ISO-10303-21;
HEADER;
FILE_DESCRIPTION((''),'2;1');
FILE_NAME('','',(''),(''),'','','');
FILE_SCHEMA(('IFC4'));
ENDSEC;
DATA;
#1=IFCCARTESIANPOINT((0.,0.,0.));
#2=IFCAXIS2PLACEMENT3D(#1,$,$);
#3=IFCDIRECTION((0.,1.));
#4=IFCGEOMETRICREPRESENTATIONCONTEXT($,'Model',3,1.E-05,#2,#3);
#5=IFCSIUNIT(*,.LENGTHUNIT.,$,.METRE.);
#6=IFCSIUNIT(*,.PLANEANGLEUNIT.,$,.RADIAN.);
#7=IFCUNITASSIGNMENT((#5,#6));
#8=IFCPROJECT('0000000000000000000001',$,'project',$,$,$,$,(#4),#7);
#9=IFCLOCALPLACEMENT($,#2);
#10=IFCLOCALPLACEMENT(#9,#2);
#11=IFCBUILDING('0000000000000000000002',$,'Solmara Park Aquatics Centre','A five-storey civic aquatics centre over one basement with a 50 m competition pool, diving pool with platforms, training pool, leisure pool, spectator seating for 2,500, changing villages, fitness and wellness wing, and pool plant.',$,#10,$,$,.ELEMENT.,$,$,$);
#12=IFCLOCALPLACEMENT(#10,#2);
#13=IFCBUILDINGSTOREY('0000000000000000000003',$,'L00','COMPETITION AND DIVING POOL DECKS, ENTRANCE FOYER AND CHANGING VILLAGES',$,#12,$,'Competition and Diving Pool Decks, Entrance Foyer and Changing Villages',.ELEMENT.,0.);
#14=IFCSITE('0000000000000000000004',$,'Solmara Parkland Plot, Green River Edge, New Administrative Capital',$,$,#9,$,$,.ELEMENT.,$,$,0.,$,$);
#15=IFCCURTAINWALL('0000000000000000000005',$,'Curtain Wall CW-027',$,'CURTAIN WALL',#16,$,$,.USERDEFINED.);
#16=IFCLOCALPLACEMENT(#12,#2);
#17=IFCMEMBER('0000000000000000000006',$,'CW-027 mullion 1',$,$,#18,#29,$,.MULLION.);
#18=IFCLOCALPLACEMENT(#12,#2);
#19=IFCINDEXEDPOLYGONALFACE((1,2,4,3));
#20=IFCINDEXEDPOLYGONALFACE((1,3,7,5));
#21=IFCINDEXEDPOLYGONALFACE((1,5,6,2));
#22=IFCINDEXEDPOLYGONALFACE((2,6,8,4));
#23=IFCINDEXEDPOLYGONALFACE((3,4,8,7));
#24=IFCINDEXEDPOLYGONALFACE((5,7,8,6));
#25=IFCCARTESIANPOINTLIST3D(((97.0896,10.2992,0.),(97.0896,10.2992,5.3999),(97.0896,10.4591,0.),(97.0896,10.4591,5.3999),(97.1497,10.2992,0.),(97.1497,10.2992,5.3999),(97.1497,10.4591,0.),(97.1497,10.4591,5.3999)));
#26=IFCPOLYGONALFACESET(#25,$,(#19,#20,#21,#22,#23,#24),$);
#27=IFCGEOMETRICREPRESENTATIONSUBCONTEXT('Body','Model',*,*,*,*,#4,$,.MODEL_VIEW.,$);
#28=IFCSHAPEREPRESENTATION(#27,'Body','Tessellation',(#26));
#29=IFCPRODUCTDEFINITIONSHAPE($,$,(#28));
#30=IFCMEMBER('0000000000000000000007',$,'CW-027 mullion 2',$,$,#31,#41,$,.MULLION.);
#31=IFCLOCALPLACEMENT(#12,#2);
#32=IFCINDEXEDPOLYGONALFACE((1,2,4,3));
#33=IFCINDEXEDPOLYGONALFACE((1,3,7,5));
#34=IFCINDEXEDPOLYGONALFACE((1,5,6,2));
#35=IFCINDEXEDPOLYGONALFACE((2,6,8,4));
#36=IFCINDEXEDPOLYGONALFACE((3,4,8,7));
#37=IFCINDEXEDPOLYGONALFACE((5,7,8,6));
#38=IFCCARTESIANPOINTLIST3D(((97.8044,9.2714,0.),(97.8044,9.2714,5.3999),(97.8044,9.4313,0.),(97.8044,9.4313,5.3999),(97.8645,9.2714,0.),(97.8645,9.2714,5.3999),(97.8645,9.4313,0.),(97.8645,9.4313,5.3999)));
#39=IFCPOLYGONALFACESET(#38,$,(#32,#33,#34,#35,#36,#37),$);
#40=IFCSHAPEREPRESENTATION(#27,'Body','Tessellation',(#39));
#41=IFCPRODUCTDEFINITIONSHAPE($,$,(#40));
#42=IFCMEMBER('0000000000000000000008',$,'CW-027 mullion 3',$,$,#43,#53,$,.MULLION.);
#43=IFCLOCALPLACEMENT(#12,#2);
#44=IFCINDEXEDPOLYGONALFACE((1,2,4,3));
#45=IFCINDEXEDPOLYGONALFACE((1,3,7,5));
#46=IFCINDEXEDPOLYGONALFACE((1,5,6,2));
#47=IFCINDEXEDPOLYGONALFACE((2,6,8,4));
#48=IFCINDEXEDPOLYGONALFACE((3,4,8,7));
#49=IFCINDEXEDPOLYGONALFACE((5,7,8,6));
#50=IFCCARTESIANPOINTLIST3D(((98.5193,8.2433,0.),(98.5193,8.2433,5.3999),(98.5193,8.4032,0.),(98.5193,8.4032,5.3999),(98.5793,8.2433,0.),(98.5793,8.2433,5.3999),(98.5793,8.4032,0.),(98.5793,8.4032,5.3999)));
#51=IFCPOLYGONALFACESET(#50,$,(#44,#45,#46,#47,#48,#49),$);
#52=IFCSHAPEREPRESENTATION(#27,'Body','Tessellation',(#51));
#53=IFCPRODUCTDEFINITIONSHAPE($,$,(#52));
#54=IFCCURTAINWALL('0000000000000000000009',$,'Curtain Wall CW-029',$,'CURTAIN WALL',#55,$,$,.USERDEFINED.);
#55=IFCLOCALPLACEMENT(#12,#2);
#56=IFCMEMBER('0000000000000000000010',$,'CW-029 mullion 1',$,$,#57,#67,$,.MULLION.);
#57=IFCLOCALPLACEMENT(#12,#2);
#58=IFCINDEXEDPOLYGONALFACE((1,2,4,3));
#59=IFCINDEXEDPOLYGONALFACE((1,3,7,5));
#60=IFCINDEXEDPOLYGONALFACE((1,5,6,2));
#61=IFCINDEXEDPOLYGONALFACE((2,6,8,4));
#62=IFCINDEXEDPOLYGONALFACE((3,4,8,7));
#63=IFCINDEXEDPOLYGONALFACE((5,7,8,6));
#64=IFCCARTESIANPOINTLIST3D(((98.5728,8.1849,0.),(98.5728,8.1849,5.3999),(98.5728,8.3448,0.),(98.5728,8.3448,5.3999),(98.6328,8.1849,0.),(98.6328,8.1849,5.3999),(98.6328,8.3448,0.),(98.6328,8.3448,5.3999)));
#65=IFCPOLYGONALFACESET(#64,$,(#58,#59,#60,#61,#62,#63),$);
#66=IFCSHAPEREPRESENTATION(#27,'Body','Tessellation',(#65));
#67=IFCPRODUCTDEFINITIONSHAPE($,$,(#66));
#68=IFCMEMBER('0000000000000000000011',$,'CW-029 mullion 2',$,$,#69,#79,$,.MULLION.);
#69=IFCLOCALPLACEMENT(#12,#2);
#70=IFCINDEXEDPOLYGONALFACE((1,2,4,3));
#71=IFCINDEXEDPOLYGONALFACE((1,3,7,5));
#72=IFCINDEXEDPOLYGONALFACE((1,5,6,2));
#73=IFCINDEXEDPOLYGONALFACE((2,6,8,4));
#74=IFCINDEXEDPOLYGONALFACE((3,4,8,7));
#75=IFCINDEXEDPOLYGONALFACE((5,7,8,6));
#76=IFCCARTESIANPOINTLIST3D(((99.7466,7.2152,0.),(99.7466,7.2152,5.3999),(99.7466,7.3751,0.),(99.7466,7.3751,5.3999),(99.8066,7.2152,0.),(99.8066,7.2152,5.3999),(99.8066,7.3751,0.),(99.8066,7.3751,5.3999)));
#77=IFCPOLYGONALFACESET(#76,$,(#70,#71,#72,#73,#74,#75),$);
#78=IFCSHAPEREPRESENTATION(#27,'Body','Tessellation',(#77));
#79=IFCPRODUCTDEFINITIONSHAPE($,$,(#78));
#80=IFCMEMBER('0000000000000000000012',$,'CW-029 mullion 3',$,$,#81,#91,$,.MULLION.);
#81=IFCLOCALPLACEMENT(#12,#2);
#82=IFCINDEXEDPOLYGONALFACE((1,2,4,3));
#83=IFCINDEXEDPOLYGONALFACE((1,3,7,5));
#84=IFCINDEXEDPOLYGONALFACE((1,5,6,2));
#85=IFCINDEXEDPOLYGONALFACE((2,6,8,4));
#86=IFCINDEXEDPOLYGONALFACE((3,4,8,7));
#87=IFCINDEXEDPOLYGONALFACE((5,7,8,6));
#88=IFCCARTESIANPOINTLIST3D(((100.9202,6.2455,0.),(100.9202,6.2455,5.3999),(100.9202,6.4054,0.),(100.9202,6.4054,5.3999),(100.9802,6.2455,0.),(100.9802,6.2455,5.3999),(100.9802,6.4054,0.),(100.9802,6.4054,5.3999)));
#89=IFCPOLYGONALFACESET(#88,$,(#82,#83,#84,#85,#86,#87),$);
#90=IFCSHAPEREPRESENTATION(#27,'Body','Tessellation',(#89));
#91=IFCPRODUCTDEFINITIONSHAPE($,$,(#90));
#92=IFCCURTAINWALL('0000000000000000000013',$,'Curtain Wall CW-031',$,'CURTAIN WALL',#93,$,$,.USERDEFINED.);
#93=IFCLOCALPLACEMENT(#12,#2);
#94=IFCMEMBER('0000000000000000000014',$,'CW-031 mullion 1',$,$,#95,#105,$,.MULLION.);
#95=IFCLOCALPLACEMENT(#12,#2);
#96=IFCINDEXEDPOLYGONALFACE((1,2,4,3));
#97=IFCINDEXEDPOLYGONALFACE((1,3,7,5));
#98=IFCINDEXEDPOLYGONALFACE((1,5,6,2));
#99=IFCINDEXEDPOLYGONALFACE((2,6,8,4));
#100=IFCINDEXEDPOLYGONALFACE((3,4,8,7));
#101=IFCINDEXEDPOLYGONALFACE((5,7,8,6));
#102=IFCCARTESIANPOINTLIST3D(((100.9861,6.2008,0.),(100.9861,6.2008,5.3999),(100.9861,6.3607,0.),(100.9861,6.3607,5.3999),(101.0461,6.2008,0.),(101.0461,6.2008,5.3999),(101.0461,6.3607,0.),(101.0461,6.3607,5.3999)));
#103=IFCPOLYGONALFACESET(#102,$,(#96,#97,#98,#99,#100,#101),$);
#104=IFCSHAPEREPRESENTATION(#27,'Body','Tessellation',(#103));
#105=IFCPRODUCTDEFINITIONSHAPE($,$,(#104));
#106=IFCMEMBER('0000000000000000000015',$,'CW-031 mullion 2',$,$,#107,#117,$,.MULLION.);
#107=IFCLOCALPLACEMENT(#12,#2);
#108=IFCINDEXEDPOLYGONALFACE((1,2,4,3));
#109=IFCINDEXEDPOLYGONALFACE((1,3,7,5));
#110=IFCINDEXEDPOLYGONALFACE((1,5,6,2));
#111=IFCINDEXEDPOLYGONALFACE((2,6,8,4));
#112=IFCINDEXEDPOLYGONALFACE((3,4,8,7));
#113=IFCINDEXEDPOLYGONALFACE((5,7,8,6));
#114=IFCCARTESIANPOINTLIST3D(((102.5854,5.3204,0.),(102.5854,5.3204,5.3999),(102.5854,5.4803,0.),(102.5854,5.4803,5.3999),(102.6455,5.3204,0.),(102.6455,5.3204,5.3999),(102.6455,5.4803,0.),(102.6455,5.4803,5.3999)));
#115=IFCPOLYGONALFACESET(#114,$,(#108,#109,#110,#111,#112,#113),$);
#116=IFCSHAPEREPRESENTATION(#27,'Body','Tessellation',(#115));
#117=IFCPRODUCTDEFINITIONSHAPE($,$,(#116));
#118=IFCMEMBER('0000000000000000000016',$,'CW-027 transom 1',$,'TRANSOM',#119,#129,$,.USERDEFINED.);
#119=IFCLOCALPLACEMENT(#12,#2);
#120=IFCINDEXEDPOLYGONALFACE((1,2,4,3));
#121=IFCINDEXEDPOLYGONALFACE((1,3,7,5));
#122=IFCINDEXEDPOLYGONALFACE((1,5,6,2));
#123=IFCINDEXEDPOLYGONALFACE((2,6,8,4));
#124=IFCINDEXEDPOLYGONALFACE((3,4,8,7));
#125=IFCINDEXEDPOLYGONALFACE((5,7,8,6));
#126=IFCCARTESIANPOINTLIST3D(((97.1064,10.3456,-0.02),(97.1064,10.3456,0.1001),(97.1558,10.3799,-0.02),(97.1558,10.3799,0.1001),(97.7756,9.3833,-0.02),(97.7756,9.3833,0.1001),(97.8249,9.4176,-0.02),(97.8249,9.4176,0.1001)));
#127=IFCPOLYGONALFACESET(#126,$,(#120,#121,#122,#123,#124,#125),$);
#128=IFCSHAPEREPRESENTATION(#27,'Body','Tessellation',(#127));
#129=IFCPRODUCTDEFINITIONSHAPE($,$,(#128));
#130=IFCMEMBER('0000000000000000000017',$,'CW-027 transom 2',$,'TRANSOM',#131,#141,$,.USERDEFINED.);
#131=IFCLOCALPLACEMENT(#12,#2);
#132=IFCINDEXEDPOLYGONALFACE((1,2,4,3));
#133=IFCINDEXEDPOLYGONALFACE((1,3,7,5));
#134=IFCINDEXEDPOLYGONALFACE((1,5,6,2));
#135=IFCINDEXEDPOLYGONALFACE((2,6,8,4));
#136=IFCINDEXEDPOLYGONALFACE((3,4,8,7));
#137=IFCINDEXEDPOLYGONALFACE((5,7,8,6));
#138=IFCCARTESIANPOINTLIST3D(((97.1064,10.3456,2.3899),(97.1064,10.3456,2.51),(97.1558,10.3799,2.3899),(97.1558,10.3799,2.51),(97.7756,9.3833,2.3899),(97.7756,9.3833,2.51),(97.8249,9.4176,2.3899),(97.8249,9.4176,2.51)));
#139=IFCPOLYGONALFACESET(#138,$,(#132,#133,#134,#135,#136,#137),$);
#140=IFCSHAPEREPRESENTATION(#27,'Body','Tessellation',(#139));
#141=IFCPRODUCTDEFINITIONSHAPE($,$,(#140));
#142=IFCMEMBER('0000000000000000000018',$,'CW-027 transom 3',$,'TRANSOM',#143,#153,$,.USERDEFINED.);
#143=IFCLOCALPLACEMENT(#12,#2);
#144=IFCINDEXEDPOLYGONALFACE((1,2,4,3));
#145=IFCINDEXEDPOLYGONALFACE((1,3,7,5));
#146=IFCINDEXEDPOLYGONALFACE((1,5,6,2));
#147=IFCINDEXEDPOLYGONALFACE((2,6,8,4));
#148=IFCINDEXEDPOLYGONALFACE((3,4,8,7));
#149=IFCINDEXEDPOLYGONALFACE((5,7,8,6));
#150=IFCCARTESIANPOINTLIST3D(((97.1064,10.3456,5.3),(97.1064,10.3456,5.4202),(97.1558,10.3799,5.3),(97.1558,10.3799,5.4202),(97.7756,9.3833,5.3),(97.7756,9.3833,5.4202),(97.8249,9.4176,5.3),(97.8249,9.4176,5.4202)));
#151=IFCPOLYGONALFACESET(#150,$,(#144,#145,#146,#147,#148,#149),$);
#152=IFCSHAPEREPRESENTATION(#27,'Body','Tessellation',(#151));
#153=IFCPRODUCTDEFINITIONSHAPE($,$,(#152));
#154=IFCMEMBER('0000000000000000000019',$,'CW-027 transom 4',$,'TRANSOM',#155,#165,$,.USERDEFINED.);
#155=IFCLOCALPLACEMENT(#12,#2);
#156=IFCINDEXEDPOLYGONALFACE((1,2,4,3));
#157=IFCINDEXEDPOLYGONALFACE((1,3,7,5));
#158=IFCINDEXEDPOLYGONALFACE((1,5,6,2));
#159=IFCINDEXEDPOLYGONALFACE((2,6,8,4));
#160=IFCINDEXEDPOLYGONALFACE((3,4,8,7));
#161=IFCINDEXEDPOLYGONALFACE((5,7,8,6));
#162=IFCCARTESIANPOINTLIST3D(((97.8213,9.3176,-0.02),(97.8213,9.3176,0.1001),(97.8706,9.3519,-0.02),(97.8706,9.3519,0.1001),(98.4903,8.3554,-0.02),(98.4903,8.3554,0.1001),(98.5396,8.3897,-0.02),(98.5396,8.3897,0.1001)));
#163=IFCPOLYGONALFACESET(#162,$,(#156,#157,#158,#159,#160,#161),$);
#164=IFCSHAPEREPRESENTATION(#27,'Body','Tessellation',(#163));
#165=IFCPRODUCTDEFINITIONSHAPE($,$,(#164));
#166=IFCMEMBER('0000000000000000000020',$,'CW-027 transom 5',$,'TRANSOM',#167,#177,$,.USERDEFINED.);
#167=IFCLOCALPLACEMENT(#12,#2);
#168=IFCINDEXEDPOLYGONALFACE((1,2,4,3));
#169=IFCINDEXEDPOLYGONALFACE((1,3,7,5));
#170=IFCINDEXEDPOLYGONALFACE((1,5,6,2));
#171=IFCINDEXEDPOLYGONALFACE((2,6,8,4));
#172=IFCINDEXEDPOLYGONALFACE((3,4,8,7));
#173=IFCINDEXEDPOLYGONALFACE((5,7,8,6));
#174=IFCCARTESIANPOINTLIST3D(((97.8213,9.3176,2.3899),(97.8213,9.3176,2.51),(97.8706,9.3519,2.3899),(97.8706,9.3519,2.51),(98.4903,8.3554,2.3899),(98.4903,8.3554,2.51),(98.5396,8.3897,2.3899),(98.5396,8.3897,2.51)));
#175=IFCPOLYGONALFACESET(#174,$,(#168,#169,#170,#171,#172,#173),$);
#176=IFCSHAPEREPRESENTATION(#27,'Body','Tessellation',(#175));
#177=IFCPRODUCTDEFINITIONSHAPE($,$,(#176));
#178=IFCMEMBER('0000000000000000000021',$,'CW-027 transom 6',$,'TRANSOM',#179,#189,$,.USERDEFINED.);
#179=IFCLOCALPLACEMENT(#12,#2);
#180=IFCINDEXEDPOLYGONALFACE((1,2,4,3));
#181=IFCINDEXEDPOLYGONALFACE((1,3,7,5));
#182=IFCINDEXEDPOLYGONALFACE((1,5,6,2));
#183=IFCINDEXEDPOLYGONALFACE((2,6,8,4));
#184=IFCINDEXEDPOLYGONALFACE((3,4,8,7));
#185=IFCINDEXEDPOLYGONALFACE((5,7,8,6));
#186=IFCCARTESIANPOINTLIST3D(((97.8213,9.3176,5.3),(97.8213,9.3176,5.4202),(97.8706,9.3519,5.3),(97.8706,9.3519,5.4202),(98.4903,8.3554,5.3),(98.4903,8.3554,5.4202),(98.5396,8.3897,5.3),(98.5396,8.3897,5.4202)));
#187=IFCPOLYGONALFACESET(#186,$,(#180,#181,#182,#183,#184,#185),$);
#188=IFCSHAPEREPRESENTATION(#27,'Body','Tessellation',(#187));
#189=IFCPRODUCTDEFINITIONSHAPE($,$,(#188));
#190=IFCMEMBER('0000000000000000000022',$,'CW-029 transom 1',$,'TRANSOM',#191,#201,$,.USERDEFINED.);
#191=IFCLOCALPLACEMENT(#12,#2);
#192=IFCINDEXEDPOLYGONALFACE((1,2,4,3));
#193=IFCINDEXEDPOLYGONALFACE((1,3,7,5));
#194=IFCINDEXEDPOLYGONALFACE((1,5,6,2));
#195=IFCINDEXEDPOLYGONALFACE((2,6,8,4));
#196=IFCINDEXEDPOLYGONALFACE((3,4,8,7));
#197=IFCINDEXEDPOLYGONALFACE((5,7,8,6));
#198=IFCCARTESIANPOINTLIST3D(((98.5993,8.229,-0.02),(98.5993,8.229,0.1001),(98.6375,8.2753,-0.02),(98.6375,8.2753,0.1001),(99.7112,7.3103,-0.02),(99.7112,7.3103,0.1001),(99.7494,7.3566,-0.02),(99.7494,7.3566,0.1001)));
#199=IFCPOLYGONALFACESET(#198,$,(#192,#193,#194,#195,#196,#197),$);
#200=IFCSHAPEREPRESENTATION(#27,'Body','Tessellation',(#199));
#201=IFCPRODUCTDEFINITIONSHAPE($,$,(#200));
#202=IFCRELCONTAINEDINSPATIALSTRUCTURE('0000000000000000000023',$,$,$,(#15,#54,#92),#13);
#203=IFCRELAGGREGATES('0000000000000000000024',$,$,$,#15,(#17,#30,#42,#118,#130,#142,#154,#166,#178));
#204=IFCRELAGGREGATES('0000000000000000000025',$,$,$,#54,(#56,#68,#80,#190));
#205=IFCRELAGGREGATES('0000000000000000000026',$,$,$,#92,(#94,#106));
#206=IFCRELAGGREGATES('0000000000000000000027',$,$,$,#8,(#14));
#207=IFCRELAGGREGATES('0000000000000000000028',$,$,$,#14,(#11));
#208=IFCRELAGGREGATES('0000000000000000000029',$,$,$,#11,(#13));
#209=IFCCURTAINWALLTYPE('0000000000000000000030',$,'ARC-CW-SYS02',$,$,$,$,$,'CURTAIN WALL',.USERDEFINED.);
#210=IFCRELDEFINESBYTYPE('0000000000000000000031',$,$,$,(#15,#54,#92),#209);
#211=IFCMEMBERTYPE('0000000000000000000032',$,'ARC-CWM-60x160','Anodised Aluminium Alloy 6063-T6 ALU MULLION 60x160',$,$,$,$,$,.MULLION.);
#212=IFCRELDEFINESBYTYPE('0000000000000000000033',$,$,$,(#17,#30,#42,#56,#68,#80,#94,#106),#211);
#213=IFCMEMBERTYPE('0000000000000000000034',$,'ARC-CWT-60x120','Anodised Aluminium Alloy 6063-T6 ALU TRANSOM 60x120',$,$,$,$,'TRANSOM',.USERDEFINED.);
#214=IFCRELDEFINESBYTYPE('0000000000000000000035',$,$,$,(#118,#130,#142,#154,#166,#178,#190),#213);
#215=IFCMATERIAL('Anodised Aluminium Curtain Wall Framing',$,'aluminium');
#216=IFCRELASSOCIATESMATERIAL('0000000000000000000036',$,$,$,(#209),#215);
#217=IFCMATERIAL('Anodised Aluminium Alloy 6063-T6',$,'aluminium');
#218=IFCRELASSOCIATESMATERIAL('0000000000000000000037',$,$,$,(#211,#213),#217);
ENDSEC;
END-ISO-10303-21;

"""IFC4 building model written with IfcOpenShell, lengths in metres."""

from ifc_helpers import new_model, si_unit, direction, frame, origin, origin_2d, place, context, subcontext, project, spatial, rectangle, extrude, material, material_profile, profile_set, type_object, element, aggregate, save


model = new_model("IFC4")

# Units and contexts
model_context = context("Model", 3, precision=1e-05, world=origin(), true_north=direction((0.0, 1.0)))
body_context = subcontext(model_context, "Body", "Model", "MODEL_VIEW")
ifc_project = project(units=[si_unit("LENGTHUNIT", "METRE"), si_unit("PLANEANGLEUNIT", "RADIAN")], contexts=[model_context])

# Site, building, storey
site_placement = place(None, origin())
site = spatial("IfcSite", under=ifc_project, at=site_placement, Name="Solmara Parkland Plot, Green River Edge, New Administrative Capital", CompositionType="ELEMENT", RefElevation=0.0)
building_placement = place(site_placement, origin())
building = spatial("IfcBuilding", under=site, at=building_placement, Name="Solmara Park Aquatics Centre", Description="A five-storey civic aquatics centre over one basement with a 50 m competition pool, diving pool with platforms, training pool, leisure pool, spectator seating for 2,500, changing villages, fitness and wellness wing, and pool plant.", CompositionType="ELEMENT")
storey_placement = place(building_placement, origin())
storey = spatial("IfcBuildingStorey", under=building, at=storey_placement, Name="L00", Description="COMPETITION AND DIVING POOL DECKS, ENTRANCE FOYER AND CHANGING VILLAGES", LongName="Competition and Diving Pool Decks, Entrance Foyer and Changing Villages", CompositionType="ELEMENT", Elevation=0.0)

# Curtain walls, members
ifc_material_1 = material(Name="Anodised Aluminium Curtain Wall Framing", Category="aluminium")
curtain_wall_type = type_object("IfcCurtainWallType", Name="ARC-CW-SYS02", ElementType="CURTAIN WALL", PredefinedType="USERDEFINED", material=ifc_material_1)
curtain_wall_1_placement = place(storey_placement, origin())
curtain_wall_1 = element("IfcCurtainWall", 1, at=curtain_wall_1_placement, inside=storey, type_object=curtain_wall_type, Name="Curtain Wall CW-027", ObjectType="CURTAIN WALL", PredefinedType="USERDEFINED")
ifc_material_2 = material(Name="Anodised Aluminium Alloy 6063-T6", Category="aluminium")
ifc_material_profile_1 = material_profile(ifc_material_2, rectangle(XDim=0.0601, YDim=0.1599, at=origin_2d()), Name="ALU MULLION 60x160")
ifc_profile_set_1 = profile_set([ifc_material_profile_1], Name="Anodised Aluminium Alloy 6063-T6")
member_type_1 = type_object("IfcMemberType", Name="ARC-CWM-60x160", Description="Anodised Aluminium Alloy 6063-T6 ALU MULLION 60x160", PredefinedType="MULLION", material=ifc_profile_set_1)
member_1_placement = place(storey_placement, frame((97.1196, 10.3792, 0.0), z_axis=(0.0, 0.0, 1.0), x_axis=(1.0, 0.0, 0.0)))
member_1 = element("IfcMember", 2, at=member_1_placement, type_object=member_type_1, Name="CW-027 mullion 1", PredefinedType="MULLION", context=body_context, shape_type="SweptSolid", body=[
    extrude(rectangle(XDim=0.0601, YDim=0.1599, at=origin_2d()), origin(), (0.0, 0.0, 1.0), 5.3999),
])
member_2_placement = place(storey_placement, frame((97.8345, 9.3513, 0.0), z_axis=(0.0, 0.0, 1.0), x_axis=(1.0, 0.0, 0.0)))
member_2 = element("IfcMember", 3, at=member_2_placement, type_object=member_type_1, Name="CW-027 mullion 2", PredefinedType="MULLION", context=body_context, shape_type="SweptSolid", body=[
    extrude(rectangle(XDim=0.0601, YDim=0.1599, at=origin_2d()), origin(), (0.0, 0.0, 1.0), 5.3999),
])
member_3_placement = place(storey_placement, frame((98.5493, 8.3232, 0.0), z_axis=(0.0, 0.0, 1.0), x_axis=(1.0, 0.0, 0.0)))
member_3 = element("IfcMember", 4, at=member_3_placement, type_object=member_type_1, Name="CW-027 mullion 3", PredefinedType="MULLION", context=body_context, shape_type="SweptSolid", body=[
    extrude(rectangle(XDim=0.0601, YDim=0.1599, at=origin_2d()), origin(), (0.0, 0.0, 1.0), 5.3999),
])
curtain_wall_2_placement = place(storey_placement, origin())
curtain_wall_2 = element("IfcCurtainWall", 5, at=curtain_wall_2_placement, inside=storey, type_object=curtain_wall_type, Name="Curtain Wall CW-029", ObjectType="CURTAIN WALL", PredefinedType="USERDEFINED")
member_4_placement = place(storey_placement, frame((98.6028, 8.2649, 0.0), z_axis=(0.0, 0.0, 1.0), x_axis=(1.0, 0.0, 0.0)))
member_4 = element("IfcMember", 6, at=member_4_placement, type_object=member_type_1, Name="CW-029 mullion 1", PredefinedType="MULLION", context=body_context, shape_type="SweptSolid", body=[
    extrude(rectangle(XDim=0.0601, YDim=0.1599, at=origin_2d()), origin(), (0.0, 0.0, 1.0), 5.3999),
])
member_5_placement = place(storey_placement, frame((99.7766, 7.2952, 0.0), z_axis=(0.0, 0.0, 1.0), x_axis=(1.0, 0.0, 0.0)))
member_5 = element("IfcMember", 7, at=member_5_placement, type_object=member_type_1, Name="CW-029 mullion 2", PredefinedType="MULLION", context=body_context, shape_type="SweptSolid", body=[
    extrude(rectangle(XDim=0.0601, YDim=0.1599, at=origin_2d()), origin(), (0.0, 0.0, 1.0), 5.3999),
])
member_6_placement = place(storey_placement, frame((100.9502, 6.3254, 0.0), z_axis=(0.0, 0.0, 1.0), x_axis=(1.0, 0.0, 0.0)))
member_6 = element("IfcMember", 8, at=member_6_placement, type_object=member_type_1, Name="CW-029 mullion 3", PredefinedType="MULLION", context=body_context, shape_type="SweptSolid", body=[
    extrude(rectangle(XDim=0.0601, YDim=0.1599, at=origin_2d()), origin(), (0.0, 0.0, 1.0), 5.3999),
])
curtain_wall_3_placement = place(storey_placement, origin())
curtain_wall_3 = element("IfcCurtainWall", 9, at=curtain_wall_3_placement, inside=storey, type_object=curtain_wall_type, Name="Curtain Wall CW-031", ObjectType="CURTAIN WALL", PredefinedType="USERDEFINED")
member_7_placement = place(storey_placement, frame((101.0161, 6.2808, 0.0), z_axis=(0.0, 0.0, 1.0), x_axis=(1.0, 0.0, 0.0)))
member_7 = element("IfcMember", 10, at=member_7_placement, type_object=member_type_1, Name="CW-031 mullion 1", PredefinedType="MULLION", context=body_context, shape_type="SweptSolid", body=[
    extrude(rectangle(XDim=0.0601, YDim=0.1599, at=origin_2d()), origin(), (0.0, 0.0, 1.0), 5.3999),
])
member_8_placement = place(storey_placement, frame((102.6155, 5.4004, 0.0), z_axis=(0.0, 0.0, 1.0), x_axis=(1.0, 0.0, 0.0)))
member_8 = element("IfcMember", 11, at=member_8_placement, type_object=member_type_1, Name="CW-031 mullion 2", PredefinedType="MULLION", context=body_context, shape_type="SweptSolid", body=[
    extrude(rectangle(XDim=0.0601, YDim=0.1599, at=origin_2d()), origin(), (0.0, 0.0, 1.0), 5.3999),
])

# Members
ifc_material_profile_2 = material_profile(ifc_material_2, rectangle(XDim=0.0601, YDim=0.1201, at=origin_2d()), Name="ALU TRANSOM 60x120")
ifc_profile_set_2 = profile_set([ifc_material_profile_2], Name="Anodised Aluminium Alloy 6063-T6")
member_type_2 = type_object("IfcMemberType", Name="ARC-CWT-60x120", Description="Anodised Aluminium Alloy 6063-T6 ALU TRANSOM 60x120", ElementType="TRANSOM", PredefinedType="USERDEFINED", material=ifc_profile_set_2)
member_9_placement = place(storey_placement, frame((97.1311, 10.3628, 0.04), z_axis=(0.570888, -0.821028, 0.0), x_axis=(0.821028, 0.570888, 0.0)))
member_9 = element("IfcMember", 12, at=member_9_placement, type_object=member_type_2, Name="CW-027 transom 1", ObjectType="TRANSOM", PredefinedType="USERDEFINED", context=body_context, shape_type="SweptSolid", body=[
    extrude(rectangle(XDim=0.0601, YDim=0.1201, at=origin_2d()), origin(), (0.0, 0.0, 1.0), 1.1721),
])
member_10_placement = place(storey_placement, frame((97.1311, 10.3628, 2.45), z_axis=(0.570888, -0.821028, 0.0), x_axis=(0.821028, 0.570888, 0.0)))
member_10 = element("IfcMember", 13, at=member_10_placement, type_object=member_type_2, Name="CW-027 transom 2", ObjectType="TRANSOM", PredefinedType="USERDEFINED", context=body_context, shape_type="SweptSolid", body=[
    extrude(rectangle(XDim=0.0601, YDim=0.1201, at=origin_2d()), origin(), (0.0, 0.0, 1.0), 1.1721),
])
member_11_placement = place(storey_placement, frame((97.1311, 10.3628, 5.3601), z_axis=(0.570888, -0.821028, 0.0), x_axis=(0.821028, 0.570888, 0.0)))
member_11 = element("IfcMember", 14, at=member_11_placement, type_object=member_type_2, Name="CW-027 transom 3", ObjectType="TRANSOM", PredefinedType="USERDEFINED", context=body_context, shape_type="SweptSolid", body=[
    extrude(rectangle(XDim=0.0601, YDim=0.1201, at=origin_2d()), origin(), (0.0, 0.0, 1.0), 1.1721),
])
member_12_placement = place(storey_placement, frame((97.8459, 9.3347, 0.04), z_axis=(0.570845, -0.821058, 0.0), x_axis=(0.821058, 0.570845, 0.0)))
member_12 = element("IfcMember", 15, at=member_12_placement, type_object=member_type_2, Name="CW-027 transom 4", ObjectType="TRANSOM", PredefinedType="USERDEFINED", context=body_context, shape_type="SweptSolid", body=[
    extrude(rectangle(XDim=0.0601, YDim=0.1201, at=origin_2d()), origin(), (0.0, 0.0, 1.0), 1.1719),
])
member_13_placement = place(storey_placement, frame((97.8459, 9.3347, 2.45), z_axis=(0.570845, -0.821058, 0.0), x_axis=(0.821058, 0.570845, 0.0)))
member_13 = element("IfcMember", 16, at=member_13_placement, type_object=member_type_2, Name="CW-027 transom 5", ObjectType="TRANSOM", PredefinedType="USERDEFINED", context=body_context, shape_type="SweptSolid", body=[
    extrude(rectangle(XDim=0.0601, YDim=0.1201, at=origin_2d()), origin(), (0.0, 0.0, 1.0), 1.1719),
])
member_14_placement = place(storey_placement, frame((97.8459, 9.3347, 5.3601), z_axis=(0.570845, -0.821058, 0.0), x_axis=(0.821058, 0.570845, 0.0)))
member_14 = element("IfcMember", 17, at=member_14_placement, type_object=member_type_2, Name="CW-027 transom 6", ObjectType="TRANSOM", PredefinedType="USERDEFINED", context=body_context, shape_type="SweptSolid", body=[
    extrude(rectangle(XDim=0.0601, YDim=0.1201, at=origin_2d()), origin(), (0.0, 0.0, 1.0), 1.1719),
])
member_15_placement = place(storey_placement, frame((98.6184, 8.2522, 0.04), z_axis=(0.770879, -0.636982, 0.0), x_axis=(0.636982, 0.770879, 0.0)))
member_15 = element("IfcMember", 18, at=member_15_placement, type_object=member_type_2, Name="CW-029 transom 1", ObjectType="TRANSOM", PredefinedType="USERDEFINED", context=body_context, shape_type="SweptSolid", body=[
    extrude(rectangle(XDim=0.0601, YDim=0.1201, at=origin_2d()), origin(), (0.0, 0.0, 1.0), 1.4424),
])

aggregate(curtain_wall_1, [member_1, member_2, member_3, member_9, member_10, member_11, member_12, member_13, member_14])
aggregate(curtain_wall_2, [member_4, member_5, member_6, member_15])
aggregate(curtain_wall_3, [member_7, member_8])

save(model, "model.ifc")
